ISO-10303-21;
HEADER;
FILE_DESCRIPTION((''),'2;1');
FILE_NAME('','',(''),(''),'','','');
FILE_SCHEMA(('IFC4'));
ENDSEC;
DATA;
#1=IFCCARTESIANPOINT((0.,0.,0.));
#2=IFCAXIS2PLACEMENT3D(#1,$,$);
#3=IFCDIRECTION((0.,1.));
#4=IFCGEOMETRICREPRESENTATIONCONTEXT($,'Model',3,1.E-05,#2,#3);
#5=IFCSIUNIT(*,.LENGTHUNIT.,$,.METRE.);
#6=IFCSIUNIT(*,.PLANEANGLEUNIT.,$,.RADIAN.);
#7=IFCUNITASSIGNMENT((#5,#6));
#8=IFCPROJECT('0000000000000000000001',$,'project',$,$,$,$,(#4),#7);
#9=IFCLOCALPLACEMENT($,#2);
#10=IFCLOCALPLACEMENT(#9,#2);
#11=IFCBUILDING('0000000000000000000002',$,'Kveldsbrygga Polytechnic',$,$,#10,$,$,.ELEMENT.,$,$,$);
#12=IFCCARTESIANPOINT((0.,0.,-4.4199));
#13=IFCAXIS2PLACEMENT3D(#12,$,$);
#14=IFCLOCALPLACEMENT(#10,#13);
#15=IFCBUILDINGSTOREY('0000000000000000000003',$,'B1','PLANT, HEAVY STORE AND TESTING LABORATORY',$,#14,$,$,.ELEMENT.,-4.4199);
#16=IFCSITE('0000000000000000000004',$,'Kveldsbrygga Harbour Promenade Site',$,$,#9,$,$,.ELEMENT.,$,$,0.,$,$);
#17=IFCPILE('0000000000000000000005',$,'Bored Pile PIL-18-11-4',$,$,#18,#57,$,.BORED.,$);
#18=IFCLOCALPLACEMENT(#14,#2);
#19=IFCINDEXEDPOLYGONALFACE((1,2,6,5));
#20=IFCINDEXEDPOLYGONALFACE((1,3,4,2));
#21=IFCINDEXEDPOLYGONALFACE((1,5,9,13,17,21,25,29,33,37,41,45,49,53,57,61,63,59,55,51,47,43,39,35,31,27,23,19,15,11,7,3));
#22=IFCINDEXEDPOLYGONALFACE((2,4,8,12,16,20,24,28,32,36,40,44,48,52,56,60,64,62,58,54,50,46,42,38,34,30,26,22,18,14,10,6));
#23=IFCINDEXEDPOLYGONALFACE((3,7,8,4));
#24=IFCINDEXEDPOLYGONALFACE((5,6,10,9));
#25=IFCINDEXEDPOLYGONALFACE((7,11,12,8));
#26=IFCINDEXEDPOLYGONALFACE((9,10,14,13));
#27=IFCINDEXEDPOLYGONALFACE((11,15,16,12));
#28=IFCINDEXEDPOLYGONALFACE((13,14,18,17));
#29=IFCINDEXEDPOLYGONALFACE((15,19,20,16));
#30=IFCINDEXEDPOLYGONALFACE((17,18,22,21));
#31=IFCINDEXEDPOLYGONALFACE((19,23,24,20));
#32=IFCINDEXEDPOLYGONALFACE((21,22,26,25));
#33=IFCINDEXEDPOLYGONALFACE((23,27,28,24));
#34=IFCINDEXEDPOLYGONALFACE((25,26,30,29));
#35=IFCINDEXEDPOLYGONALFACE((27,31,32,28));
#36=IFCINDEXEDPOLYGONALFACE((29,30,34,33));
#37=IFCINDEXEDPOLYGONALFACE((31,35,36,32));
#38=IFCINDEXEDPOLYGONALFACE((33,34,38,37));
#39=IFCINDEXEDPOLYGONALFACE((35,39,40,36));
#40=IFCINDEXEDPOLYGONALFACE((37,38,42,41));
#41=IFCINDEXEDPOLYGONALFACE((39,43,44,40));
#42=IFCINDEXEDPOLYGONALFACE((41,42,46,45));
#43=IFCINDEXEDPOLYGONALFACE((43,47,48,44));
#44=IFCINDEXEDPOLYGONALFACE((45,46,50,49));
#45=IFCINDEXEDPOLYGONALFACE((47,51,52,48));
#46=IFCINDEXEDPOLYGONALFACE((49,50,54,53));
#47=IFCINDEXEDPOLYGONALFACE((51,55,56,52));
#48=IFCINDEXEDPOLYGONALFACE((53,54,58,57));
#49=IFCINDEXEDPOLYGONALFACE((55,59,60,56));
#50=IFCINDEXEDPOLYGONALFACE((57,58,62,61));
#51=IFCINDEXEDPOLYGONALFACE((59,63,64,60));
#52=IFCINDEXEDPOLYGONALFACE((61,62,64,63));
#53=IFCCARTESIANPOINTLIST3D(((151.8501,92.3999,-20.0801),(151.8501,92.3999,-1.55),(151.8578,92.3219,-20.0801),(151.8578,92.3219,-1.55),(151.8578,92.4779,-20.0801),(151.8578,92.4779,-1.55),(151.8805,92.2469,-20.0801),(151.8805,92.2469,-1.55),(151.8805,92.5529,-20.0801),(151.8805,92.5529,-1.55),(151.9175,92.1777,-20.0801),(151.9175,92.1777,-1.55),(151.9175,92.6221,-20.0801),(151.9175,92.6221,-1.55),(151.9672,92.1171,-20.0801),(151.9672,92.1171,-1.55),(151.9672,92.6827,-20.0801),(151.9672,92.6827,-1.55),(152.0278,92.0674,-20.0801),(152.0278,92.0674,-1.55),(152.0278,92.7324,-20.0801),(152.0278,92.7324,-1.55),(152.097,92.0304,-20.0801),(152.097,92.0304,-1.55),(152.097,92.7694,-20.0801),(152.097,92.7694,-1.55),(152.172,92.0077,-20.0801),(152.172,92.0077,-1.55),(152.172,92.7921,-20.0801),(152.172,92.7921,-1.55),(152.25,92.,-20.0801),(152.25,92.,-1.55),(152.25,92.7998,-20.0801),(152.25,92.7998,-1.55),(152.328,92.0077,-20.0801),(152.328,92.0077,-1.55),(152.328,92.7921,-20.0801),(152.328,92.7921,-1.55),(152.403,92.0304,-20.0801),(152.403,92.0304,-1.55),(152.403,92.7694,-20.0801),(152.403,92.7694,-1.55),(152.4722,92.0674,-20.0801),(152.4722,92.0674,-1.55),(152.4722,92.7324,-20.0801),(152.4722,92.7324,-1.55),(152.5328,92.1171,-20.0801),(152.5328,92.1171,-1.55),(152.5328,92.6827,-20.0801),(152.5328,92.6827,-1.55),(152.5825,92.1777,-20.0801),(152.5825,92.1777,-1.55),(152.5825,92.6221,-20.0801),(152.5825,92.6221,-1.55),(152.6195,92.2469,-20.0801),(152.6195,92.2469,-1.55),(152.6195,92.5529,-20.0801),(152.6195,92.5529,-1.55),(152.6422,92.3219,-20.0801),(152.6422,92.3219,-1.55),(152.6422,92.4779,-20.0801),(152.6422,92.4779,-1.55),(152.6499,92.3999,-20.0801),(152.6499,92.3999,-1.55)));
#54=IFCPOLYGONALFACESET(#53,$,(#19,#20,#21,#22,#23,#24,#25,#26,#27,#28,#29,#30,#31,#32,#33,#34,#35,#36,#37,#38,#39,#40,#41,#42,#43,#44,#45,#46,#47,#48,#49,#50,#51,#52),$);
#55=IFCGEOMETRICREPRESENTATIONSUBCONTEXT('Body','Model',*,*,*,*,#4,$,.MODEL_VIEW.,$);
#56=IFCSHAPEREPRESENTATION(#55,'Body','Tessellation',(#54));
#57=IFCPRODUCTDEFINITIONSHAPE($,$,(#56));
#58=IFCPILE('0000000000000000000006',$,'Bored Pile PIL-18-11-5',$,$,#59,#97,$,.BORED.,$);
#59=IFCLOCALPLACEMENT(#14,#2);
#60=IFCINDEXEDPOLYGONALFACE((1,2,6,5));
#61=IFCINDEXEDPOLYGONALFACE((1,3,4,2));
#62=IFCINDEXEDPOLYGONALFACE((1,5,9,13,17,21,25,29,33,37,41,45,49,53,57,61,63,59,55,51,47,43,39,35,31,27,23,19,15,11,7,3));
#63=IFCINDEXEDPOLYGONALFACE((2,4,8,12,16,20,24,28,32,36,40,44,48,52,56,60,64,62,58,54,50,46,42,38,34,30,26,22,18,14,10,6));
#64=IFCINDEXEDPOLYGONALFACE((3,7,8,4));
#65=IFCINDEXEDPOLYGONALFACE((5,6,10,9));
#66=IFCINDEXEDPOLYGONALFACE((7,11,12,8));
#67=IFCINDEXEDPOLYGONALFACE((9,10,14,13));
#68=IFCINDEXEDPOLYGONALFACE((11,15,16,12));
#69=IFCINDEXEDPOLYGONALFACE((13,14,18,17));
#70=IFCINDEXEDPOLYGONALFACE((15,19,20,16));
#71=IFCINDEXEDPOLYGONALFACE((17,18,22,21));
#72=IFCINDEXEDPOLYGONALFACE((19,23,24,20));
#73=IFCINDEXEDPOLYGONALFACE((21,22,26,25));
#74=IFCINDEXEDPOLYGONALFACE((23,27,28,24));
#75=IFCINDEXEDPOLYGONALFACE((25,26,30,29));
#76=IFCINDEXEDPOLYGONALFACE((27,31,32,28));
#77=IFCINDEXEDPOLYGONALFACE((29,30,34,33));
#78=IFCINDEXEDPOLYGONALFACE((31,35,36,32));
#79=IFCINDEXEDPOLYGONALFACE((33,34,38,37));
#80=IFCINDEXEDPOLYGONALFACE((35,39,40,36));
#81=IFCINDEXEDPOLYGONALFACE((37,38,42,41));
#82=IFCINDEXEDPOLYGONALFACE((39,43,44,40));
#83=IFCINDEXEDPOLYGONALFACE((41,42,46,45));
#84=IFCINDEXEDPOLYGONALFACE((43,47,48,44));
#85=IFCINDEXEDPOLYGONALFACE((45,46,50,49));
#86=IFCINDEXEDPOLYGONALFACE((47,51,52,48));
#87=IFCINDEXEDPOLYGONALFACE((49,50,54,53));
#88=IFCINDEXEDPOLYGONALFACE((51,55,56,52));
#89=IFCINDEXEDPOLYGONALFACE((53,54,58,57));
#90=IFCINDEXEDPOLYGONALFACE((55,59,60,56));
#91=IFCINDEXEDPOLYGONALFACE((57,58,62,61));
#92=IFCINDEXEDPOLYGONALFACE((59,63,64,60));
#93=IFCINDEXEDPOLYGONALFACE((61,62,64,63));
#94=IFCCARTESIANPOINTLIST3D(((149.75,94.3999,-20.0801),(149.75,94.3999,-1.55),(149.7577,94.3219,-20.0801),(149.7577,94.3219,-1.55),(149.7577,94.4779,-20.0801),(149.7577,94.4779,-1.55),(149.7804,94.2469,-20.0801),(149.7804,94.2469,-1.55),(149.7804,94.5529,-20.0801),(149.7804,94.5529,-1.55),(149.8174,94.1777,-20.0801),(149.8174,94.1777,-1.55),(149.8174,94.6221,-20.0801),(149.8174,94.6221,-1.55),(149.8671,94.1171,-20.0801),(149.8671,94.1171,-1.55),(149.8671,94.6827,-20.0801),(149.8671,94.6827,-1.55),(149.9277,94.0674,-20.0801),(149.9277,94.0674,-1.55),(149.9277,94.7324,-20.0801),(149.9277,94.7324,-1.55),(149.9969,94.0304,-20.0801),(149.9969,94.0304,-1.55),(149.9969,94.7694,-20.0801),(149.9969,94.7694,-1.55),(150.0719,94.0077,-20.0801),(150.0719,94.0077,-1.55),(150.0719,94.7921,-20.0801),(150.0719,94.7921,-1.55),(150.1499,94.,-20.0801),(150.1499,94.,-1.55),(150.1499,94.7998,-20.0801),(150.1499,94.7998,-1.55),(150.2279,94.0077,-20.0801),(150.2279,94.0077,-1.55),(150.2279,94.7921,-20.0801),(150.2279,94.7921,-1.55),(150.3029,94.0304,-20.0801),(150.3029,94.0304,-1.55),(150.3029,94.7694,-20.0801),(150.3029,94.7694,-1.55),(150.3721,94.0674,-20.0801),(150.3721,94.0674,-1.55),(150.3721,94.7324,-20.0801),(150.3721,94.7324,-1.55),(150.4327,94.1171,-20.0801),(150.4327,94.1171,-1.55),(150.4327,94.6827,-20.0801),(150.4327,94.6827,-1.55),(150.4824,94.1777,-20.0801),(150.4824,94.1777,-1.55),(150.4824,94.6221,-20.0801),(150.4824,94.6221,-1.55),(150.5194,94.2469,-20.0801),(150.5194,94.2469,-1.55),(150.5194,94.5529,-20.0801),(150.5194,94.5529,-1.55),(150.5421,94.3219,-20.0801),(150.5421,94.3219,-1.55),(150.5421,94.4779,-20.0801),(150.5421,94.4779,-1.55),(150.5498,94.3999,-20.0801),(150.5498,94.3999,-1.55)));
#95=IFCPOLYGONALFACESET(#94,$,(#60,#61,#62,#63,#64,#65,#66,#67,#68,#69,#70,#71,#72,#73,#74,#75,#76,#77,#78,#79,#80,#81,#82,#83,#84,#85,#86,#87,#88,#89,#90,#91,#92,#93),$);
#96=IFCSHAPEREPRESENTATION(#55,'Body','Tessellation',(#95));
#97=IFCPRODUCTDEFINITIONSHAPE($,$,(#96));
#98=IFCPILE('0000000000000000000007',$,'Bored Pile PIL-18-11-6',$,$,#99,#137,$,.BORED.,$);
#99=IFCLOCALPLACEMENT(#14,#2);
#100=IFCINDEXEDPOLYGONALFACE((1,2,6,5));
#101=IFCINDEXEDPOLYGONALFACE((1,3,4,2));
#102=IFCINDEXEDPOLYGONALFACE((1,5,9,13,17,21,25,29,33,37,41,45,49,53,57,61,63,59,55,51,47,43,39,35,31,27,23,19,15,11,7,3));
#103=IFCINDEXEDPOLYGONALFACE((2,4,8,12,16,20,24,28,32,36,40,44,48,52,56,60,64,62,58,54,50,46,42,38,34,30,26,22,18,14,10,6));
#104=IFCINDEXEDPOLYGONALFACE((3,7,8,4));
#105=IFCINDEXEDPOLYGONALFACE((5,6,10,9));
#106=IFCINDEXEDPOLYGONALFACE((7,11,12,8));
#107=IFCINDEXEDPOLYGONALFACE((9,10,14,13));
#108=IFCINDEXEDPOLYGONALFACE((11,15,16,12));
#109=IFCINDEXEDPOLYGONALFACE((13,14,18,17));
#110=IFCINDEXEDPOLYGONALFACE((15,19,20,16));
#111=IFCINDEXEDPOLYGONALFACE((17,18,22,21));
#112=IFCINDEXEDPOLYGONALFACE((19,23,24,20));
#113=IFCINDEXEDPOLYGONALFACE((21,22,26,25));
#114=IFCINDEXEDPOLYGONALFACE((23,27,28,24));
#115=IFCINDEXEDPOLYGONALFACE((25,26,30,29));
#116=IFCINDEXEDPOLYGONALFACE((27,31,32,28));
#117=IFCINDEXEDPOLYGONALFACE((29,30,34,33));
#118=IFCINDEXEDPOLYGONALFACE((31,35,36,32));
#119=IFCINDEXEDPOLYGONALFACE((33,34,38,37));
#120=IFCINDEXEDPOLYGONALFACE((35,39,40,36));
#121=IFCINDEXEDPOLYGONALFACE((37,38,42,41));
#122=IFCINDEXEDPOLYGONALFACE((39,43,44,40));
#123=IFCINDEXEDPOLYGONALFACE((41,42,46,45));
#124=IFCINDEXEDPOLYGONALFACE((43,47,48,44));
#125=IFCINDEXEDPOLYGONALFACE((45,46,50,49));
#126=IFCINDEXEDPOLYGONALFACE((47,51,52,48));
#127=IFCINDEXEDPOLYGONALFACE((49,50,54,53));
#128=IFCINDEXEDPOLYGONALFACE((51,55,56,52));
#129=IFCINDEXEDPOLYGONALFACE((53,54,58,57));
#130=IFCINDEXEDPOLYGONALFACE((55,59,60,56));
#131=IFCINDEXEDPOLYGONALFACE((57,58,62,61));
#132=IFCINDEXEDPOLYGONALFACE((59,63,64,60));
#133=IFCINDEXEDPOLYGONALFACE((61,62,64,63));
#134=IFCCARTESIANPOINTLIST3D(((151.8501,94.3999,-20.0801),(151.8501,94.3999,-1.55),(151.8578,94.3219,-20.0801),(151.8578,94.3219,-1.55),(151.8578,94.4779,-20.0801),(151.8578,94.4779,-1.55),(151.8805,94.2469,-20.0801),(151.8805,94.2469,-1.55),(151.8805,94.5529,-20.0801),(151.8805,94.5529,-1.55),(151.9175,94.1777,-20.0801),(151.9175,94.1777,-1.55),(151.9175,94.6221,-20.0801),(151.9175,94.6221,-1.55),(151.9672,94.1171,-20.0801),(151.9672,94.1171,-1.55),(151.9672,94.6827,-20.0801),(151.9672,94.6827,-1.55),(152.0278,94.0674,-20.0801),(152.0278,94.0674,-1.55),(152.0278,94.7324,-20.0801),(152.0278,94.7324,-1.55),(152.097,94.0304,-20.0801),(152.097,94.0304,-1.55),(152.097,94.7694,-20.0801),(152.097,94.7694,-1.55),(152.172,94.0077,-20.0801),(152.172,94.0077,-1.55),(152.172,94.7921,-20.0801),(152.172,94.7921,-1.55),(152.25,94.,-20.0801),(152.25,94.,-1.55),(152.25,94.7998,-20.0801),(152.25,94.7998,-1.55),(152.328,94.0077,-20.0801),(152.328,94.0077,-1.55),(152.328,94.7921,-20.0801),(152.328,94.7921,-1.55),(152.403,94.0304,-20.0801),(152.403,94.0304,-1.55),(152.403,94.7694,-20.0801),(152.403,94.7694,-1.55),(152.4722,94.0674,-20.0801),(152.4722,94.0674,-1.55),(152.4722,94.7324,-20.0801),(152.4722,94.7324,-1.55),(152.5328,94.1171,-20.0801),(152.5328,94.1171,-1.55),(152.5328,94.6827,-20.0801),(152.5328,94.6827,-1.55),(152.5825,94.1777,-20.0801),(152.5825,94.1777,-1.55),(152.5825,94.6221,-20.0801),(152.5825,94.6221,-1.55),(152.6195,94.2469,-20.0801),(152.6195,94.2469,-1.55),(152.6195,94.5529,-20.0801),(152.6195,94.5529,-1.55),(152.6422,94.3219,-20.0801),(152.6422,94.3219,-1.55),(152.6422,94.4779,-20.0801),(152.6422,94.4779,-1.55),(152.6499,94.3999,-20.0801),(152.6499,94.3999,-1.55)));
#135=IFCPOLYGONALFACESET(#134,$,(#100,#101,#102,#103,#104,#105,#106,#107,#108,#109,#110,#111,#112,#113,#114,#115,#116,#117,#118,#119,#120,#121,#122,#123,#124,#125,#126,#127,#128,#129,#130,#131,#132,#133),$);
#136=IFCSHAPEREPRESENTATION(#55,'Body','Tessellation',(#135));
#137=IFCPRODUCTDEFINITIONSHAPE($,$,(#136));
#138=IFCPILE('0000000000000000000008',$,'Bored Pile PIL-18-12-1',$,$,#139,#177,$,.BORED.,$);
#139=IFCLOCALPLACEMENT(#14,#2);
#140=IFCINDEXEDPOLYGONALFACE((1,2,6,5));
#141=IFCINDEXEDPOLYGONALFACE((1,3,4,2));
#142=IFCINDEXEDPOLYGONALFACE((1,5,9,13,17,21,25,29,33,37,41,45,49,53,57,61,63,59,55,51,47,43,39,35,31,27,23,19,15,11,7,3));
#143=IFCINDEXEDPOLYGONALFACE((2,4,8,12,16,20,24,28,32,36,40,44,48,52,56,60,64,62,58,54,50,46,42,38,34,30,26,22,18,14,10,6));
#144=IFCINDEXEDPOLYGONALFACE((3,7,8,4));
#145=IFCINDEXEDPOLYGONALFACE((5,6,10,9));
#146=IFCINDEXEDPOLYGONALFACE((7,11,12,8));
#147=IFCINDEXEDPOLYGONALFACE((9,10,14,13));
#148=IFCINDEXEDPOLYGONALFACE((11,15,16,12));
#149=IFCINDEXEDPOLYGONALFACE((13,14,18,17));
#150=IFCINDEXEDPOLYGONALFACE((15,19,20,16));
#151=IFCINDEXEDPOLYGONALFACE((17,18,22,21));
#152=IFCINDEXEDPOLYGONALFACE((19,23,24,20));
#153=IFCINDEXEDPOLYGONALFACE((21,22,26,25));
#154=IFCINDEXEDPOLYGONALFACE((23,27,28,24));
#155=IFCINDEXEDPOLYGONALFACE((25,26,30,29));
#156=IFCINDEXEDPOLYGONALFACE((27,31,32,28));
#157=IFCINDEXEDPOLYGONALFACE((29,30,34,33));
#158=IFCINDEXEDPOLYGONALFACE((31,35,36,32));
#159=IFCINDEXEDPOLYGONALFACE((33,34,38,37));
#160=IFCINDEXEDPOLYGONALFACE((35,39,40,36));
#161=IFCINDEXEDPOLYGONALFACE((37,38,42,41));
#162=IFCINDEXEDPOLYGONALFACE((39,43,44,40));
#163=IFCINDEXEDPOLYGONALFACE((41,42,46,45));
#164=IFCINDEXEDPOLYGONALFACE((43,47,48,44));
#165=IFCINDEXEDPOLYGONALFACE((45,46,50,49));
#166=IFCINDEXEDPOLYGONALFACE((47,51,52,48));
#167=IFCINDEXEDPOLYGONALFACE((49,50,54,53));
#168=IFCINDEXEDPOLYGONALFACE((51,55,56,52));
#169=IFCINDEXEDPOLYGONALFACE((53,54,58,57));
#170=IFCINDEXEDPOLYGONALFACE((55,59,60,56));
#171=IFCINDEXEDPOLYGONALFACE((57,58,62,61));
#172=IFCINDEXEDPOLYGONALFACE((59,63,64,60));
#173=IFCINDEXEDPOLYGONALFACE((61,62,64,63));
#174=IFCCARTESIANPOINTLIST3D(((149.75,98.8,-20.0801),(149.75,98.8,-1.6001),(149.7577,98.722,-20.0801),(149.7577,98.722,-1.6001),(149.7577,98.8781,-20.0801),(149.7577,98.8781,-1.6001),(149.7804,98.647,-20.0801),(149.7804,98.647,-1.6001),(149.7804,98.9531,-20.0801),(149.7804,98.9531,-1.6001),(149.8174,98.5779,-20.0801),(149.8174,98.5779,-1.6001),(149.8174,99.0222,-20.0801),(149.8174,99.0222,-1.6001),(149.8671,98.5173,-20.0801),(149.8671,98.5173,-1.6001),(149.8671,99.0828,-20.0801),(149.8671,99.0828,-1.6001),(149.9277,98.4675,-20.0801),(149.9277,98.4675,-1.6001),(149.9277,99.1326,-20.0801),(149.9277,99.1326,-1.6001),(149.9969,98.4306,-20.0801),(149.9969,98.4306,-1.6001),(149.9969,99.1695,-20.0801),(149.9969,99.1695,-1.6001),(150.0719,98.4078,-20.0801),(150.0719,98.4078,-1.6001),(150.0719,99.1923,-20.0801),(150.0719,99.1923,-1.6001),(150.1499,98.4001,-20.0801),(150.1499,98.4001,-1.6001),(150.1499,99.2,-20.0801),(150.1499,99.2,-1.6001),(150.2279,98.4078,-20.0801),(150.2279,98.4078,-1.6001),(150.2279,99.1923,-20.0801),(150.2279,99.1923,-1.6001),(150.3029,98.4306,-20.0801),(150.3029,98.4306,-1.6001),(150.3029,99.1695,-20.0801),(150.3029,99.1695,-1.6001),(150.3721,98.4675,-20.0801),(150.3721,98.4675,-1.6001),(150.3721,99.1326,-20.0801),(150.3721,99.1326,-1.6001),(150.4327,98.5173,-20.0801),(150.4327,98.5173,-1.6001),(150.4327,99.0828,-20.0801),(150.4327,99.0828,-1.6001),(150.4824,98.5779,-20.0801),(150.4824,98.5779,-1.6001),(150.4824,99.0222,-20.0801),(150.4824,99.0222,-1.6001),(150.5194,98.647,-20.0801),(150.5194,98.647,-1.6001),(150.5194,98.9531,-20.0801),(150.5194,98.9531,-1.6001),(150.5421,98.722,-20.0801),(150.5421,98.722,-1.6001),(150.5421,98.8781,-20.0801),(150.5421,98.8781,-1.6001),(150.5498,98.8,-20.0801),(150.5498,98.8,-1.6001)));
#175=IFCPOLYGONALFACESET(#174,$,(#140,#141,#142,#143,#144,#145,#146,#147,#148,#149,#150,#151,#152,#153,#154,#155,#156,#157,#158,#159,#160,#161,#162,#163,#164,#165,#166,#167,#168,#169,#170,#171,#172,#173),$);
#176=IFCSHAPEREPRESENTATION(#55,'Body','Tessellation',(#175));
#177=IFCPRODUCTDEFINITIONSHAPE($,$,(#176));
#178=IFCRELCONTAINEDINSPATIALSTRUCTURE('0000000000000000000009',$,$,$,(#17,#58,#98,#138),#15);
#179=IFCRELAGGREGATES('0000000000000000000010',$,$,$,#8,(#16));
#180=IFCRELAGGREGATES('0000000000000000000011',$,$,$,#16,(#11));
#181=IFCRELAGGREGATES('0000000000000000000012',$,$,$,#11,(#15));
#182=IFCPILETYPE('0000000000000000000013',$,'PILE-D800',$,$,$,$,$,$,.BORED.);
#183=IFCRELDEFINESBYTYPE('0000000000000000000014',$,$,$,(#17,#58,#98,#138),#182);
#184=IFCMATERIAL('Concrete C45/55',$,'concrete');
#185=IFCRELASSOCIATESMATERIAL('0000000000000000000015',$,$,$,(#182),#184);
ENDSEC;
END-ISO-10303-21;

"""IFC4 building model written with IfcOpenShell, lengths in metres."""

from ifc_helpers import new_model, si_unit, direction, frame, origin, origin_2d, place, context, subcontext, project, spatial, circle, extrude, material, material_profile, profile_set, type_object, element, save


model = new_model("IFC4")

# Units and contexts
model_context = context("Model", 3, precision=1e-05, world=origin(), true_north=direction((0.0, 1.0)))
body_context = subcontext(model_context, "Body", "Model", "MODEL_VIEW")
ifc_project = project(units=[si_unit("LENGTHUNIT", "METRE"), si_unit("PLANEANGLEUNIT", "RADIAN")], contexts=[model_context])

# Site, building, storey
site_placement = place(None, origin())
site = spatial("IfcSite", under=ifc_project, at=site_placement, Name="Kveldsbrygga Harbour Promenade Site", CompositionType="ELEMENT", RefElevation=0.0)
building_placement = place(site_placement, origin())
building = spatial("IfcBuilding", under=site, at=building_placement, Name="Kveldsbrygga Polytechnic", CompositionType="ELEMENT")
storey_placement = place(building_placement, frame((0.0, 0.0, -4.4199)))
storey = spatial("IfcBuildingStorey", under=building, at=storey_placement, Name="B1", Description="PLANT, HEAVY STORE AND TESTING LABORATORY", CompositionType="ELEMENT", Elevation=-4.4199)

# Shared definitions
ifc_material_1 = material(Name="Concrete C45/55", Category="concrete")

# Piles
ifc_material_profile_1 = material_profile(ifc_material_1, circle(Radius=0.3999, at=origin_2d()), Name="PILE D800")
ifc_profile_set_1 = profile_set([ifc_material_profile_1], Name="Concrete C45/55")
pile_type = type_object("IfcPileType", Name="PILE-D800", PredefinedType="BORED", material=ifc_profile_set_1)
for number, where, z_axis, x_axis, name in (
    (1, (152.25, 92.3999, -1.55), (0.0, 0.0, -1.0), (1.0, 0.0, 0.0), "Bored Pile PIL-18-11-4"),
    (2, (150.1499, 94.3999, -1.55), (0.0, 0.0, -1.0), (1.0, 0.0, 0.0), "Bored Pile PIL-18-11-5"),
    (3, (152.25, 94.3999, -1.55), (0.0, 0.0, -1.0), (1.0, 0.0, 0.0), "Bored Pile PIL-18-11-6"),
):
    element("IfcPile", number, at=place(storey_placement, frame(where, z_axis=z_axis, x_axis=x_axis)), inside=storey, type_object=pile_type, Name=name, PredefinedType="BORED", context=body_context, shape_type="SweptSolid", body=[
        extrude(circle(Radius=0.3999, at=origin_2d()), origin(), (0.0, 0.0, 1.0), 18.53),
    ])
for number, where, z_axis, x_axis, name in (
    (4, (150.1499, 98.8, -1.6001), (0.0, 0.0, -1.0), (1.0, 0.0, 0.0), "Bored Pile PIL-18-12-1"),
):
    element("IfcPile", number, at=place(storey_placement, frame(where, z_axis=z_axis, x_axis=x_axis)), inside=storey, type_object=pile_type, Name=name, PredefinedType="BORED", context=body_context, shape_type="SweptSolid", body=[
        extrude(circle(Radius=0.3999, at=origin_2d()), origin(), (0.0, 0.0, 1.0), 18.48),
    ])

save(model, "model.ifc")
